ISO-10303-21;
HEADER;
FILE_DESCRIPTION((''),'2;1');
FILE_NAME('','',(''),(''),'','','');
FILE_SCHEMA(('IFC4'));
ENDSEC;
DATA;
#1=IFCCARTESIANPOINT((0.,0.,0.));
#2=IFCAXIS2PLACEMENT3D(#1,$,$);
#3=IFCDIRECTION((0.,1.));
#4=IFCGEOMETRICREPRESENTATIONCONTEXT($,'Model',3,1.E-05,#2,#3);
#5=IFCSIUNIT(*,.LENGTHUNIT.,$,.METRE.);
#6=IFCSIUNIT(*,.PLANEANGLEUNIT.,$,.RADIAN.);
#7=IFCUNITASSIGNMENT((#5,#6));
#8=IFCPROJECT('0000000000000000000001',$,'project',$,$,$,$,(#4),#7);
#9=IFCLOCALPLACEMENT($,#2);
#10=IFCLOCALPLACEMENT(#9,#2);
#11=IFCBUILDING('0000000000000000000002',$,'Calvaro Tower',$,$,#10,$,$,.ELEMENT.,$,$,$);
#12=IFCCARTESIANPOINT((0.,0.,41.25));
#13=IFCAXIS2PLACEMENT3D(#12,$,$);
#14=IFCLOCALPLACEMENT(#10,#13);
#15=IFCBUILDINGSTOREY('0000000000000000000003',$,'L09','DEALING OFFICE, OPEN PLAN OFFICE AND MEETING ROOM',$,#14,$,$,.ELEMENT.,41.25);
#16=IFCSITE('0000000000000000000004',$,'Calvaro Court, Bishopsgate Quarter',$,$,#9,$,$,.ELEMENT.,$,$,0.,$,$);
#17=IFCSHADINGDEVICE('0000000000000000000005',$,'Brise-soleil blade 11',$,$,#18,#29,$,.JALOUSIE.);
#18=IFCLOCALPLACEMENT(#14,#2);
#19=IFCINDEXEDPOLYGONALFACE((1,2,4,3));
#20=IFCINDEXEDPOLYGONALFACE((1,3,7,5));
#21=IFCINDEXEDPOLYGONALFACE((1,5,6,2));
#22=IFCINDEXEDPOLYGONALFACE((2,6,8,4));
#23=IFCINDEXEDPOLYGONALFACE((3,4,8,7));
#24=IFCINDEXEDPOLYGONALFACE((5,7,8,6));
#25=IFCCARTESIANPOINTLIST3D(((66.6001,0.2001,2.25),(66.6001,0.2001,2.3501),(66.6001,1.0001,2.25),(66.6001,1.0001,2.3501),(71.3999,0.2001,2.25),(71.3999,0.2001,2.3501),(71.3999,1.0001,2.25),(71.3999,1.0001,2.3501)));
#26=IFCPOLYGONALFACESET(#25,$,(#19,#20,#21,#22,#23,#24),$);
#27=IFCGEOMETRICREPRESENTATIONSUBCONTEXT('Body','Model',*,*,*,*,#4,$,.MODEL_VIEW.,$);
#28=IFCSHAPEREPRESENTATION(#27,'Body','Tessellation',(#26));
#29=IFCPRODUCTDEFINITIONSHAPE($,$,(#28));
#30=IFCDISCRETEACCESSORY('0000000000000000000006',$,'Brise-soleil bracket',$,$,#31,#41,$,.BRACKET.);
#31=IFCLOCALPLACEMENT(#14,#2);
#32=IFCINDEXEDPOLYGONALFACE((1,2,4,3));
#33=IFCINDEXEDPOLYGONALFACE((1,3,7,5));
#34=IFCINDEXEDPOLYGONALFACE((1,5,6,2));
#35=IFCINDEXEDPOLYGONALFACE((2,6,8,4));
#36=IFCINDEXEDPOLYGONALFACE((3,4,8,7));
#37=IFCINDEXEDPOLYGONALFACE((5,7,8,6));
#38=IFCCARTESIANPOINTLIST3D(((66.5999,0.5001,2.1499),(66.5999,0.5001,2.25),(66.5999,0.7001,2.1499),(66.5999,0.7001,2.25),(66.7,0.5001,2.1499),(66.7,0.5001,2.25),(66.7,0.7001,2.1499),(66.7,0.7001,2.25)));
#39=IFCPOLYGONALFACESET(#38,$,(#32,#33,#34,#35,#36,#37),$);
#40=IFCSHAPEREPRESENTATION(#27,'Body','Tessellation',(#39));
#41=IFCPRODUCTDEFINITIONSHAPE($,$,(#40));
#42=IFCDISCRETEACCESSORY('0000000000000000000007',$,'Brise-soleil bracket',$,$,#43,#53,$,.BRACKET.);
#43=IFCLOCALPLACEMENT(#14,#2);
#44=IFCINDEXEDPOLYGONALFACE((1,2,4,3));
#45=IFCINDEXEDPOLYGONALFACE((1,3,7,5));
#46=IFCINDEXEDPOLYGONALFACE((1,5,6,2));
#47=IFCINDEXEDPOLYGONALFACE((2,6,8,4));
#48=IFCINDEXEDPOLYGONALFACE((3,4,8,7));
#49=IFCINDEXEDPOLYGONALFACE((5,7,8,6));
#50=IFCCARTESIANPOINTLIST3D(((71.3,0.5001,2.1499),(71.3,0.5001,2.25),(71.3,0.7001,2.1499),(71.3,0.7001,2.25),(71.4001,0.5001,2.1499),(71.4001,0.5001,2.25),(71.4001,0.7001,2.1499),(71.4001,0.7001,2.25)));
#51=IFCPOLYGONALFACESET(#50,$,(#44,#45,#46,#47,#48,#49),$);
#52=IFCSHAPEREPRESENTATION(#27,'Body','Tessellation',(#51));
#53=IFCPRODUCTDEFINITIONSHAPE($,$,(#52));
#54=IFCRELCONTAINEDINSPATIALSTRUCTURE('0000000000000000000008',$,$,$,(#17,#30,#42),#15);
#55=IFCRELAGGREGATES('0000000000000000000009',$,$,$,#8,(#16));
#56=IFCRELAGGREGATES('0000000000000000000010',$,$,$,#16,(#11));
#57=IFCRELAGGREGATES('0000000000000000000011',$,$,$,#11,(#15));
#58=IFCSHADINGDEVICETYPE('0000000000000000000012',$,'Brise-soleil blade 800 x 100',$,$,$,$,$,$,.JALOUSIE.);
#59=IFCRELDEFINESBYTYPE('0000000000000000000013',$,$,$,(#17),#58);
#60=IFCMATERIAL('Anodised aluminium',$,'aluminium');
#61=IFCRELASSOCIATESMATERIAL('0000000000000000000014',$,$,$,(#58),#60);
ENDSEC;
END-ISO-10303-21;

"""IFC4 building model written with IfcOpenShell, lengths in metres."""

from ifc_helpers import new_model, si_unit, direction, frame, origin, origin_2d, place, context, subcontext, project, spatial, rectangle, extrude, material, material_profile, profile_set, type_object, element, save


model = new_model("IFC4")

# Units and contexts
model_context = context("Model", 3, precision=1e-05, world=origin(), true_north=direction((0.0, 1.0)))
body_context = subcontext(model_context, "Body", "Model", "MODEL_VIEW")
ifc_project = project(units=[si_unit("LENGTHUNIT", "METRE"), si_unit("PLANEANGLEUNIT", "RADIAN")], contexts=[model_context])

# Site, building, storey
site_placement = place(None, origin())
site = spatial("IfcSite", under=ifc_project, at=site_placement, Name="Calvaro Court, Bishopsgate Quarter", CompositionType="ELEMENT", RefElevation=0.0)
building_placement = place(site_placement, origin())
building = spatial("IfcBuilding", under=site, at=building_placement, Name="Calvaro Tower", CompositionType="ELEMENT")
storey_placement = place(building_placement, frame((0.0, 0.0, 41.25)))
storey = spatial("IfcBuildingStorey", under=building, at=storey_placement, Name="L09", Description="DEALING OFFICE, OPEN PLAN OFFICE AND MEETING ROOM", CompositionType="ELEMENT", Elevation=41.25)

# Shading device
ifc_material_1 = material(Name="Anodised aluminium", Category="aluminium")
ifc_material_profile_1 = material_profile(ifc_material_1, rectangle(XDim=0.8, YDim=0.1001, at=origin_2d()), Name="Brise-soleil blade 800 x 100")
ifc_profile_set_1 = profile_set([ifc_material_profile_1], Name="Anodised aluminium")
shading_device_type = type_object("IfcShadingDeviceType", Name="Brise-soleil blade 800 x 100", PredefinedType="JALOUSIE", material=ifc_profile_set_1)
shading_device_placement = place(storey_placement, frame((66.6001, 0.6001, 2.3), z_axis=(1.0, 0.0, 0.0), x_axis=(0.0, 1.0, 0.0)))
element("IfcShadingDevice", 1, at=shading_device_placement, inside=storey, type_object=shading_device_type, Name="Brise-soleil blade 11", PredefinedType="JALOUSIE", context=body_context, shape_type="SweptSolid", body=[
    extrude(rectangle(XDim=0.8, YDim=0.1001, at=origin_2d()), origin(), (0.0, 0.0, 1.0), 4.7998),
])

# Discrete accessories
for number, where, z_axis, x_axis, name in (
    (2, (66.6499, 0.6001, 2.1499), (0.0, 0.0, 1.0), (1.0, 0.0, 0.0), "Brise-soleil bracket"),
    (3, (71.3501, 0.6001, 2.1499), (0.0, 0.0, 1.0), (1.0, 0.0, 0.0), "Brise-soleil bracket"),
):
    element("IfcDiscreteAccessory", number, at=place(storey_placement, frame(where, z_axis=z_axis, x_axis=x_axis)), inside=storey, Name=name, PredefinedType="BRACKET", context=body_context, shape_type="SweptSolid", body=[
        extrude(rectangle(XDim=0.1001, YDim=0.2, at=origin_2d()), origin(), (0.0, 0.0, 1.0), 0.1001),
    ])

save(model, "model.ifc")
